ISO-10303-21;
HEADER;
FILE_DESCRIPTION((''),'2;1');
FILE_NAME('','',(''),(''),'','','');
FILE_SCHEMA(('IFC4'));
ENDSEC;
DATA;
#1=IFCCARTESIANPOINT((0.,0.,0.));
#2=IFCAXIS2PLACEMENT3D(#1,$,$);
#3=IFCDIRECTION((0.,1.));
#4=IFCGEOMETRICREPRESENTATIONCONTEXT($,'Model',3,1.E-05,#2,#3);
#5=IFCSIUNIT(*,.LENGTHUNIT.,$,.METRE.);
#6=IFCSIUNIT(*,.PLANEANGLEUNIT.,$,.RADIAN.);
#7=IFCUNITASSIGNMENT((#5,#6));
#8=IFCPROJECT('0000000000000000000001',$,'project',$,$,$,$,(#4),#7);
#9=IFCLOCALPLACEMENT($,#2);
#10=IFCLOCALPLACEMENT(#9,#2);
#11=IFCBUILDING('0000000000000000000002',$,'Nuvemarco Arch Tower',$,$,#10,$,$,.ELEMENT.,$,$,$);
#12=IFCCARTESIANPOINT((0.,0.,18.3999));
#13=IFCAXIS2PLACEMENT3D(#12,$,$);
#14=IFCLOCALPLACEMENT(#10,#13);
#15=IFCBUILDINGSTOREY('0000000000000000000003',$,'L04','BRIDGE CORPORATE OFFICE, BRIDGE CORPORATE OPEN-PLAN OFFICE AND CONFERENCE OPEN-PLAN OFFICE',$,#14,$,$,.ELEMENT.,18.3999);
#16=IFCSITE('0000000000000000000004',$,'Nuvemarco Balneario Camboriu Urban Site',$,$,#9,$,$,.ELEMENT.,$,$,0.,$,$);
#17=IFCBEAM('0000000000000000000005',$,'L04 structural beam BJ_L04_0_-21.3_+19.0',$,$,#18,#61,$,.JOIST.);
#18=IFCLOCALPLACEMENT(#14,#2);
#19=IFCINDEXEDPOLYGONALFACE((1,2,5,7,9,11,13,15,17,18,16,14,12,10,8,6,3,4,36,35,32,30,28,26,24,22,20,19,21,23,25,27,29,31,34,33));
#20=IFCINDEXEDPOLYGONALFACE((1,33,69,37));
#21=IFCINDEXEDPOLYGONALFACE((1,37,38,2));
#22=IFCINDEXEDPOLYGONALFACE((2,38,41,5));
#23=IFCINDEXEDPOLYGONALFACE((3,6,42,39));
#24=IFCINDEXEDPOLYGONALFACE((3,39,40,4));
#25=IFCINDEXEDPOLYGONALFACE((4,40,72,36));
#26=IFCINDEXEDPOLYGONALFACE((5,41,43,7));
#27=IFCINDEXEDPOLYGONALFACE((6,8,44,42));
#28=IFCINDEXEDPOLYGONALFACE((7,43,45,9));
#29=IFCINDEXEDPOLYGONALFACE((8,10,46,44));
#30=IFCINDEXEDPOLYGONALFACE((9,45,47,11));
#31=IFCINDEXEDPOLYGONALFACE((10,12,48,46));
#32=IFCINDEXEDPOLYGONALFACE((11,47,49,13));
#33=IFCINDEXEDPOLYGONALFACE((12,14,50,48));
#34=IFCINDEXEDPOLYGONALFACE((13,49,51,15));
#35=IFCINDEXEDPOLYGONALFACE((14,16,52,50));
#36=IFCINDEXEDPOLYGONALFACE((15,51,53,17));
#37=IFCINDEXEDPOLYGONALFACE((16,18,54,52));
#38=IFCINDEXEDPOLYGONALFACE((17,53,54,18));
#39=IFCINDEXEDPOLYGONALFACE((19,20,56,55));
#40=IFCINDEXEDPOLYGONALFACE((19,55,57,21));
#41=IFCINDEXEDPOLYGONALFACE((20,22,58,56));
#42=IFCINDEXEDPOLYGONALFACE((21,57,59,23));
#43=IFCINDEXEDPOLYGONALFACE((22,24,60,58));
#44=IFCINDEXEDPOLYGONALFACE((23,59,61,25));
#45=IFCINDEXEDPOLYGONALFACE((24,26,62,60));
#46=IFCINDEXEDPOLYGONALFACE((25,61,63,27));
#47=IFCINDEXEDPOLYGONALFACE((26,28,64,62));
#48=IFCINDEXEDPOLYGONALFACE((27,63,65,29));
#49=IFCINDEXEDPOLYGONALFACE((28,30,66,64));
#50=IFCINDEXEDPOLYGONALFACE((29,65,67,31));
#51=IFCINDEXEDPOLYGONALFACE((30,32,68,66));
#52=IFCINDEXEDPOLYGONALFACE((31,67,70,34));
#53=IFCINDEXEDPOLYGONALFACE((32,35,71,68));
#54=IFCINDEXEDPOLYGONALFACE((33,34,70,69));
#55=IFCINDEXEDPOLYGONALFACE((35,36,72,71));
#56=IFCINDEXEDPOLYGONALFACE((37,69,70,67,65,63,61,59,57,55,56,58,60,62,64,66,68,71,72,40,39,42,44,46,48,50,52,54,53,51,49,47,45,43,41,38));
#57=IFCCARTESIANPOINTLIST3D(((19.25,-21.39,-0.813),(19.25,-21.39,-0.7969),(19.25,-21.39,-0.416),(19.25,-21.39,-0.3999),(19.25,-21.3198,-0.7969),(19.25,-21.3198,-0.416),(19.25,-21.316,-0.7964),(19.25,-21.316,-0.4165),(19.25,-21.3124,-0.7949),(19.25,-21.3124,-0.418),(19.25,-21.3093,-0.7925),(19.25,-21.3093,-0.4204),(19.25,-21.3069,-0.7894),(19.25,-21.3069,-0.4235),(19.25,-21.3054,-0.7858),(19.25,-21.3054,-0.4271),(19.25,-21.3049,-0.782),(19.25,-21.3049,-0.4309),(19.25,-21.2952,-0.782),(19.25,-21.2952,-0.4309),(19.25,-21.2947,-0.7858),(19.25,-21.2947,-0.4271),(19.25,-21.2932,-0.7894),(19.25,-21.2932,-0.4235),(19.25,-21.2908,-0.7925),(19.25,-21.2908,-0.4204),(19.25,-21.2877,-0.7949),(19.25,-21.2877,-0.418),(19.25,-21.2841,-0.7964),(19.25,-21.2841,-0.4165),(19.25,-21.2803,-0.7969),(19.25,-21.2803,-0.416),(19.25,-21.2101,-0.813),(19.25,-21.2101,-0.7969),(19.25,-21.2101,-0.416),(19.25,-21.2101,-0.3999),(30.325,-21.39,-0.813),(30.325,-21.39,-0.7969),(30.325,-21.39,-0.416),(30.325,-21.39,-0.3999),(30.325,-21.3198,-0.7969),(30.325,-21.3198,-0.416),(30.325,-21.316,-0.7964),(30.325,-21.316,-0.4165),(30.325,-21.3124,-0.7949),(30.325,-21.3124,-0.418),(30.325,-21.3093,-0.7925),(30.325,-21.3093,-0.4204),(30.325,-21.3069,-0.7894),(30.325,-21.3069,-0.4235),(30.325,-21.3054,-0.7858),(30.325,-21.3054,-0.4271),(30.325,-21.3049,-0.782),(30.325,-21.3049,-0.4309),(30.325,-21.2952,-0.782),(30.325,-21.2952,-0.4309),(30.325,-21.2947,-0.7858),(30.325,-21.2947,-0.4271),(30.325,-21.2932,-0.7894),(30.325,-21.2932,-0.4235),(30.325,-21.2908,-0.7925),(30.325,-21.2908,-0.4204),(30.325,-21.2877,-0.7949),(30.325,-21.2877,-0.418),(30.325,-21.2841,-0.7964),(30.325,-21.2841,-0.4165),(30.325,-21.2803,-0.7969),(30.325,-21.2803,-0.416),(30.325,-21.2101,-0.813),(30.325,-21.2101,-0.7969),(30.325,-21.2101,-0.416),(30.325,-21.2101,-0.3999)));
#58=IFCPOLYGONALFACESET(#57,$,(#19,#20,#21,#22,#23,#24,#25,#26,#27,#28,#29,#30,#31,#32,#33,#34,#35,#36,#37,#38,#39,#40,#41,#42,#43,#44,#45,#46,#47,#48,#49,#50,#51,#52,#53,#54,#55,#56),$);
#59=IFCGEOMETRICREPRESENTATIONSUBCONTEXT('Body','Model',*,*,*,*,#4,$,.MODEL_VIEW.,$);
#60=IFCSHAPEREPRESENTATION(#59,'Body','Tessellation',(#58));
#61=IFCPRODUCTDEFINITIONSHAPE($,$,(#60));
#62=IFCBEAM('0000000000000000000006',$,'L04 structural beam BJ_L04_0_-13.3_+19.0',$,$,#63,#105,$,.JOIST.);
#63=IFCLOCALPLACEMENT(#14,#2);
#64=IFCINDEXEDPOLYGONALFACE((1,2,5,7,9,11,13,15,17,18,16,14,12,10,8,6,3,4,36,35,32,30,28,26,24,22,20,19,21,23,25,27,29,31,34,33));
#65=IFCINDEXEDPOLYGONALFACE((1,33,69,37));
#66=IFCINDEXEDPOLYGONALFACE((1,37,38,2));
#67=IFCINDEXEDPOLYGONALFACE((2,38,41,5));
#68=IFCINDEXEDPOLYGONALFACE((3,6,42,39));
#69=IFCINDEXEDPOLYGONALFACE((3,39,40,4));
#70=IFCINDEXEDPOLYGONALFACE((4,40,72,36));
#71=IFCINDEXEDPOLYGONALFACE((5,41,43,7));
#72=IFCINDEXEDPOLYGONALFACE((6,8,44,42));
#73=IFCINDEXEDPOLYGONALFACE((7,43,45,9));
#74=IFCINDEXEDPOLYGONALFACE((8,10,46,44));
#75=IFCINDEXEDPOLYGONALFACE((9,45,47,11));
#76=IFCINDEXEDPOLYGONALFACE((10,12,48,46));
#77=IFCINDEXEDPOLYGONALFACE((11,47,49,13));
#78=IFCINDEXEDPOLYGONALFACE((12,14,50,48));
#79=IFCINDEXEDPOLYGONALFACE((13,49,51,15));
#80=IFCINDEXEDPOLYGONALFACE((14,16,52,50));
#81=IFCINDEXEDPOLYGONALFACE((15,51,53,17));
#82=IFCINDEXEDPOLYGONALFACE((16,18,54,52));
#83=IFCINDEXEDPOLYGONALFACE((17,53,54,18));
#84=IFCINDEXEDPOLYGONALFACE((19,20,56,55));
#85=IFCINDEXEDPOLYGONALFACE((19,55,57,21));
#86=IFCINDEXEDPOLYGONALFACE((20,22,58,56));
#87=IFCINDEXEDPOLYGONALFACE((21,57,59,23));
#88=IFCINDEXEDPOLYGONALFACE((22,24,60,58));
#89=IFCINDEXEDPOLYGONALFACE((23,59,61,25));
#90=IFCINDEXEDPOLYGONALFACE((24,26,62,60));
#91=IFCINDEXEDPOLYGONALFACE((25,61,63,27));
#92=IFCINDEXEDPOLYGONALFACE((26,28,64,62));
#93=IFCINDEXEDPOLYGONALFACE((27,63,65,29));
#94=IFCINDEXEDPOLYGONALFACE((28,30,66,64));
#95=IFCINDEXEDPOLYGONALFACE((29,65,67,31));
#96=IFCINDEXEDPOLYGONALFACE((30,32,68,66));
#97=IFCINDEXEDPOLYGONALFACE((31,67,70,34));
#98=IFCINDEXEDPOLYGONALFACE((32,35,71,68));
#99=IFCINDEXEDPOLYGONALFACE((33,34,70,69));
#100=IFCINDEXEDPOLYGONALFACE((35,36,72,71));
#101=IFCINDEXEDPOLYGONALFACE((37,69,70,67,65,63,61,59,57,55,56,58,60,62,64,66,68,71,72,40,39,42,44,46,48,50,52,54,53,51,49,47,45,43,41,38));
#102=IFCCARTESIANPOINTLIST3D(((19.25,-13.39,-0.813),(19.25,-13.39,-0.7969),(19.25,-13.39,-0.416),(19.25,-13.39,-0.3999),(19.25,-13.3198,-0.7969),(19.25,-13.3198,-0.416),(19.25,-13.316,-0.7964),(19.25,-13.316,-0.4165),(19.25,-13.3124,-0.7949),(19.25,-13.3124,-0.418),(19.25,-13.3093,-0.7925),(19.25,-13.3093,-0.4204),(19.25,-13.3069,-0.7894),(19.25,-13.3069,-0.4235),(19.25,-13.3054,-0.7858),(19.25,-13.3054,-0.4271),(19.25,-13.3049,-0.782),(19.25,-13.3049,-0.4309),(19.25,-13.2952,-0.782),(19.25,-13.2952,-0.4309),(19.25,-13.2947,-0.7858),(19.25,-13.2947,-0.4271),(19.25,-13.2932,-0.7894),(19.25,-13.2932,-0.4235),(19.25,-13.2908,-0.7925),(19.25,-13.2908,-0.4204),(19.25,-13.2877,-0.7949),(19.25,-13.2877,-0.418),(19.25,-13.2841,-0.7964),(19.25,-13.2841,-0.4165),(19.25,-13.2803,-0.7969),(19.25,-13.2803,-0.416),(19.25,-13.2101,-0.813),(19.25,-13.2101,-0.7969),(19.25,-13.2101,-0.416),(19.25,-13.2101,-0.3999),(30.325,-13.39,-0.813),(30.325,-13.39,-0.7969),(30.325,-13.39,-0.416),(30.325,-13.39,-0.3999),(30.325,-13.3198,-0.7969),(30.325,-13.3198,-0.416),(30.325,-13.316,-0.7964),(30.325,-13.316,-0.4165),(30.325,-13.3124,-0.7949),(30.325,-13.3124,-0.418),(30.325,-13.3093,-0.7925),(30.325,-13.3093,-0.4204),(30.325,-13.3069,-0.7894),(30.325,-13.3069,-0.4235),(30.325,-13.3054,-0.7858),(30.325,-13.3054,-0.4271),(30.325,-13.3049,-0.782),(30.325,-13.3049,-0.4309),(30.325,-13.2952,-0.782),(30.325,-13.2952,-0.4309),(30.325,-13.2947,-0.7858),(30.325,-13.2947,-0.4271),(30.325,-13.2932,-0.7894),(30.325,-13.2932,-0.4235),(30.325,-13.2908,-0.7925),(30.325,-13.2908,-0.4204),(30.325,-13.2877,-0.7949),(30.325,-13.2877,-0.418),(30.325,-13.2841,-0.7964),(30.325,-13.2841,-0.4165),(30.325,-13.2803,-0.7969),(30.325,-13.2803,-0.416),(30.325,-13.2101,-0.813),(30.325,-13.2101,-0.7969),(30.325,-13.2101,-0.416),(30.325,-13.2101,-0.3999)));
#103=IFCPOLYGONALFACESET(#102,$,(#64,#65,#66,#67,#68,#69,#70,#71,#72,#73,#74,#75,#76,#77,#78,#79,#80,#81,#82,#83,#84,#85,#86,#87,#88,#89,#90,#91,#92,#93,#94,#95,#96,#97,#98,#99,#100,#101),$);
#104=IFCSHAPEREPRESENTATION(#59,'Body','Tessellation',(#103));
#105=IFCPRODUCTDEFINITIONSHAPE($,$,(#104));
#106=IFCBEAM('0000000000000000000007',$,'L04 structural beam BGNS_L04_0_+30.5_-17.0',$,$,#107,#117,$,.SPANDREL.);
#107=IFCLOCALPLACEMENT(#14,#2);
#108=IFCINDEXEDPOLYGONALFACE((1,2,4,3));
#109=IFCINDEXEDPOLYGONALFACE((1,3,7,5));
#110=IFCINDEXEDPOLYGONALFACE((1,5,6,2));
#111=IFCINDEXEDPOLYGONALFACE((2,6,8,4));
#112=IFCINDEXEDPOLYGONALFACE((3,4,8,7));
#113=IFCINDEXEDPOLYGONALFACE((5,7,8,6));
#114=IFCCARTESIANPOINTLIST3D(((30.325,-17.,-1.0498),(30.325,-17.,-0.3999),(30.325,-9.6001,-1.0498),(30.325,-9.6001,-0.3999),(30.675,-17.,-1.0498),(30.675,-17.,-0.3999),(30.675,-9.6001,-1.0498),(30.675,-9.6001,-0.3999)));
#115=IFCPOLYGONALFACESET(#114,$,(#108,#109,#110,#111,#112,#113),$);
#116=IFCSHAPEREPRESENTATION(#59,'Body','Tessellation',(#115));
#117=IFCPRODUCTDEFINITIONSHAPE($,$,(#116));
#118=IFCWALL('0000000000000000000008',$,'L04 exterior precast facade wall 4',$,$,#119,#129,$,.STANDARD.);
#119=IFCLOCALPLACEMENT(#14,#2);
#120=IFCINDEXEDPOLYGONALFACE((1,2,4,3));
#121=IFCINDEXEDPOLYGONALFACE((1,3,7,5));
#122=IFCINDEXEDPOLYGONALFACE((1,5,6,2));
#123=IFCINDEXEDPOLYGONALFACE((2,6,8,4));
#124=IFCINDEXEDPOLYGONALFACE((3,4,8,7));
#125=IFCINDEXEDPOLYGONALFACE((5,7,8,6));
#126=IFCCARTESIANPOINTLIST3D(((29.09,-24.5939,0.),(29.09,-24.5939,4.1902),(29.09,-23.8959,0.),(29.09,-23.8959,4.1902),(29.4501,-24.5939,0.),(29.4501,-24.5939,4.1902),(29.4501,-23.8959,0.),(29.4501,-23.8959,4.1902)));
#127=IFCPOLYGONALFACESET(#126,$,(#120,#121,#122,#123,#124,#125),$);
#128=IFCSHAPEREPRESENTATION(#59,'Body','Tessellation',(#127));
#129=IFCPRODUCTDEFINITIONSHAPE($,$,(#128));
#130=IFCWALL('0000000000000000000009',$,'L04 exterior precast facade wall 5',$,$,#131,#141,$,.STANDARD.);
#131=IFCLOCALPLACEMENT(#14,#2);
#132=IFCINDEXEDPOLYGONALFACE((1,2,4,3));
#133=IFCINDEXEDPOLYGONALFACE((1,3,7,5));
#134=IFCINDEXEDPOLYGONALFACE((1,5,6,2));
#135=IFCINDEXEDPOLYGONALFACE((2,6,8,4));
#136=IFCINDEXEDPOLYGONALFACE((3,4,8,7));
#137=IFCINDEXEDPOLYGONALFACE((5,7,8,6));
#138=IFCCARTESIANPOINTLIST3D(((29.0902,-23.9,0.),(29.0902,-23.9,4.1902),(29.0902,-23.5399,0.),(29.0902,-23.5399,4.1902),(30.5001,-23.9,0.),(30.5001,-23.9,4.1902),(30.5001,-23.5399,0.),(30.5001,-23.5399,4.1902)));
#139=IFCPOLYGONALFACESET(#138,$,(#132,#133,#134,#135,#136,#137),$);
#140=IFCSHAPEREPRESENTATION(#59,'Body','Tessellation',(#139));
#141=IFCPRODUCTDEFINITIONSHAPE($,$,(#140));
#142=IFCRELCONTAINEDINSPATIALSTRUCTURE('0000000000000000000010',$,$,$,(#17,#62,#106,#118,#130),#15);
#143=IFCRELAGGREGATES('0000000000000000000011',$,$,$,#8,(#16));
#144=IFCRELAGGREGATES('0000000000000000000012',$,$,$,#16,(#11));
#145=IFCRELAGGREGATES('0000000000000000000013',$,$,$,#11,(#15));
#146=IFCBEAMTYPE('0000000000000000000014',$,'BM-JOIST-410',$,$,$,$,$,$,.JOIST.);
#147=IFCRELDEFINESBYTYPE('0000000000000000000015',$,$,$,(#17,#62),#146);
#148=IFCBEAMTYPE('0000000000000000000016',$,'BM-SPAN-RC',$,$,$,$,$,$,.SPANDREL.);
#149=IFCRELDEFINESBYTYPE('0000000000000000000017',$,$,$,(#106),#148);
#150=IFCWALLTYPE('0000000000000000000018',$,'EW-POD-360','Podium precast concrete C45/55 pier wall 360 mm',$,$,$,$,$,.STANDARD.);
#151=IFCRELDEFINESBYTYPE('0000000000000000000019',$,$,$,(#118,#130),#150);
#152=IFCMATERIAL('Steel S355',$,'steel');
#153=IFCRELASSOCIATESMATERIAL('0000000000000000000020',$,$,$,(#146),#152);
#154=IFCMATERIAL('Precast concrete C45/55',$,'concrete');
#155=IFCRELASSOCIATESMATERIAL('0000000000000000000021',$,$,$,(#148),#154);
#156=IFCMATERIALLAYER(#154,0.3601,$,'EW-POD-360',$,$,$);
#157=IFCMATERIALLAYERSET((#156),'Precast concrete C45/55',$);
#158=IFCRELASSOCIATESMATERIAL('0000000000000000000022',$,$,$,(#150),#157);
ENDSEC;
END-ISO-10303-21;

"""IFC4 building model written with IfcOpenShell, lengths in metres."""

from ifc_helpers import new_model, si_unit, direction, frame, frame_2d, origin, origin_2d, place, context, subcontext, project, spatial, rectangle, i_section, extrude, material, layer, layer_set, material_profile, profile_set, type_object, element, save


model = new_model("IFC4")

# Units and contexts
model_context = context("Model", 3, precision=1e-05, world=origin(), true_north=direction((0.0, 1.0)))
body_context = subcontext(model_context, "Body", "Model", "MODEL_VIEW")
ifc_project = project(units=[si_unit("LENGTHUNIT", "METRE"), si_unit("PLANEANGLEUNIT", "RADIAN")], contexts=[model_context])

# Site, building, storey
site_placement = place(None, origin())
site = spatial("IfcSite", under=ifc_project, at=site_placement, Name="Nuvemarco Balneario Camboriu Urban Site", CompositionType="ELEMENT", RefElevation=0.0)
building_placement = place(site_placement, origin())
building = spatial("IfcBuilding", under=site, at=building_placement, Name="Nuvemarco Arch Tower", CompositionType="ELEMENT")
storey_placement = place(building_placement, frame((0.0, 0.0, 18.3999)))
storey = spatial("IfcBuildingStorey", under=building, at=storey_placement, Name="L04", Description="BRIDGE CORPORATE OFFICE, BRIDGE CORPORATE OPEN-PLAN OFFICE AND CONFERENCE OPEN-PLAN OFFICE", CompositionType="ELEMENT", Elevation=18.3999)

# Beams
ifc_material_1 = material(Name="Steel S355", Category="steel")
ifc_material_profile_1 = material_profile(ifc_material_1, i_section(OverallWidth=0.1799, OverallDepth=0.4131, WebThickness=0.0098, FlangeThickness=0.0161, FilletRadius=0.0149, at=origin_2d()), Name="W410x75")
ifc_profile_set_1 = profile_set([ifc_material_profile_1], Name="Steel S355")
beam_type_1 = type_object("IfcBeamType", Name="BM-JOIST-410", PredefinedType="JOIST", material=ifc_profile_set_1)
for number, where, z_axis, x_axis, name in (
    (1, (19.25, -21.3, -0.6064), (1.0, 0.0, 0.0), (0.0, 1.0, 0.0), "L04 structural beam BJ_L04_0_-21.3_+19.0"),
    (2, (19.25, -13.3, -0.6064), (1.0, 0.0, 0.0), (0.0, 1.0, 0.0), "L04 structural beam BJ_L04_0_-13.3_+19.0"),
):
    element("IfcBeam", number, at=place(storey_placement, frame(where, z_axis=z_axis, x_axis=x_axis)), inside=storey, type_object=beam_type_1, Name=name, PredefinedType="JOIST", context=body_context, shape_type="SweptSolid", body=[
        extrude(i_section(OverallWidth=0.1799, OverallDepth=0.4131, WebThickness=0.0098, FlangeThickness=0.0161, FilletRadius=0.0149, at=origin_2d()), origin(), (0.0, 0.0, 1.0), 11.075),
    ])
ifc_material_2 = material(Name="Precast concrete C45/55", Category="concrete")
ifc_material_profile_2 = material_profile(ifc_material_2, rectangle(XDim=0.3501, YDim=0.6499, at=origin_2d()), Name="PC-SP-350x650")
ifc_profile_set_2 = profile_set([ifc_material_profile_2], Name="Precast concrete C45/55")
beam_type_2 = type_object("IfcBeamType", Name="BM-SPAN-RC", PredefinedType="SPANDREL", material=ifc_profile_set_2)
beam_1_placement = place(storey_placement, frame((30.5, -17.0, -0.7249), z_axis=(0.0, 1.0, 0.0), x_axis=(-1.0, 0.0, 0.0)))
element("IfcBeam", 3, at=beam_1_placement, inside=storey, type_object=beam_type_2, Name="L04 structural beam BGNS_L04_0_+30.5_-17.0", PredefinedType="SPANDREL", context=body_context, shape_type="SweptSolid", body=[
    extrude(rectangle(XDim=0.3501, YDim=0.6499, at=origin_2d()), origin(), (0.0, 0.0, 1.0), 7.3999),
])

# Walls
ifc_layer = layer(ifc_material_2, 0.3601, Name="EW-POD-360")
ifc_layer_set = layer_set([ifc_layer], Name="Precast concrete C45/55")
wall_type = type_object("IfcWallType", Name="EW-POD-360", Description="Podium precast concrete C45/55 pier wall 360 mm", PredefinedType="STANDARD", material=ifc_layer_set)
wall_1_placement = place(storey_placement, frame((29.27, -24.594, 0.0), z_axis=(0.0, 0.0, 1.0), x_axis=(0.0, 1.0, 0.0)))
element("IfcWall", 4, at=wall_1_placement, inside=storey, type_object=wall_type, Name="L04 exterior precast facade wall 4", PredefinedType="STANDARD", context=body_context, shape_type="SweptSolid", body=[
    extrude(rectangle(XDim=0.698, YDim=0.3601, at=frame_2d((0.3491, 0.0))), origin(), (0.0, 0.0, 1.0), 4.1902),
])
wall_2_placement = place(storey_placement, frame((29.0901, -23.72, 0.0), z_axis=(0.0, 0.0, 1.0), x_axis=(1.0, 0.0, 0.0)))
element("IfcWall", 5, at=wall_2_placement, inside=storey, type_object=wall_type, Name="L04 exterior precast facade wall 5", PredefinedType="STANDARD", context=body_context, shape_type="SweptSolid", body=[
    extrude(rectangle(XDim=1.4099, YDim=0.3601, at=frame_2d((0.7051, 0.0))), origin(), (0.0, 0.0, 1.0), 4.1902),
])

save(model, "model.ifc")
